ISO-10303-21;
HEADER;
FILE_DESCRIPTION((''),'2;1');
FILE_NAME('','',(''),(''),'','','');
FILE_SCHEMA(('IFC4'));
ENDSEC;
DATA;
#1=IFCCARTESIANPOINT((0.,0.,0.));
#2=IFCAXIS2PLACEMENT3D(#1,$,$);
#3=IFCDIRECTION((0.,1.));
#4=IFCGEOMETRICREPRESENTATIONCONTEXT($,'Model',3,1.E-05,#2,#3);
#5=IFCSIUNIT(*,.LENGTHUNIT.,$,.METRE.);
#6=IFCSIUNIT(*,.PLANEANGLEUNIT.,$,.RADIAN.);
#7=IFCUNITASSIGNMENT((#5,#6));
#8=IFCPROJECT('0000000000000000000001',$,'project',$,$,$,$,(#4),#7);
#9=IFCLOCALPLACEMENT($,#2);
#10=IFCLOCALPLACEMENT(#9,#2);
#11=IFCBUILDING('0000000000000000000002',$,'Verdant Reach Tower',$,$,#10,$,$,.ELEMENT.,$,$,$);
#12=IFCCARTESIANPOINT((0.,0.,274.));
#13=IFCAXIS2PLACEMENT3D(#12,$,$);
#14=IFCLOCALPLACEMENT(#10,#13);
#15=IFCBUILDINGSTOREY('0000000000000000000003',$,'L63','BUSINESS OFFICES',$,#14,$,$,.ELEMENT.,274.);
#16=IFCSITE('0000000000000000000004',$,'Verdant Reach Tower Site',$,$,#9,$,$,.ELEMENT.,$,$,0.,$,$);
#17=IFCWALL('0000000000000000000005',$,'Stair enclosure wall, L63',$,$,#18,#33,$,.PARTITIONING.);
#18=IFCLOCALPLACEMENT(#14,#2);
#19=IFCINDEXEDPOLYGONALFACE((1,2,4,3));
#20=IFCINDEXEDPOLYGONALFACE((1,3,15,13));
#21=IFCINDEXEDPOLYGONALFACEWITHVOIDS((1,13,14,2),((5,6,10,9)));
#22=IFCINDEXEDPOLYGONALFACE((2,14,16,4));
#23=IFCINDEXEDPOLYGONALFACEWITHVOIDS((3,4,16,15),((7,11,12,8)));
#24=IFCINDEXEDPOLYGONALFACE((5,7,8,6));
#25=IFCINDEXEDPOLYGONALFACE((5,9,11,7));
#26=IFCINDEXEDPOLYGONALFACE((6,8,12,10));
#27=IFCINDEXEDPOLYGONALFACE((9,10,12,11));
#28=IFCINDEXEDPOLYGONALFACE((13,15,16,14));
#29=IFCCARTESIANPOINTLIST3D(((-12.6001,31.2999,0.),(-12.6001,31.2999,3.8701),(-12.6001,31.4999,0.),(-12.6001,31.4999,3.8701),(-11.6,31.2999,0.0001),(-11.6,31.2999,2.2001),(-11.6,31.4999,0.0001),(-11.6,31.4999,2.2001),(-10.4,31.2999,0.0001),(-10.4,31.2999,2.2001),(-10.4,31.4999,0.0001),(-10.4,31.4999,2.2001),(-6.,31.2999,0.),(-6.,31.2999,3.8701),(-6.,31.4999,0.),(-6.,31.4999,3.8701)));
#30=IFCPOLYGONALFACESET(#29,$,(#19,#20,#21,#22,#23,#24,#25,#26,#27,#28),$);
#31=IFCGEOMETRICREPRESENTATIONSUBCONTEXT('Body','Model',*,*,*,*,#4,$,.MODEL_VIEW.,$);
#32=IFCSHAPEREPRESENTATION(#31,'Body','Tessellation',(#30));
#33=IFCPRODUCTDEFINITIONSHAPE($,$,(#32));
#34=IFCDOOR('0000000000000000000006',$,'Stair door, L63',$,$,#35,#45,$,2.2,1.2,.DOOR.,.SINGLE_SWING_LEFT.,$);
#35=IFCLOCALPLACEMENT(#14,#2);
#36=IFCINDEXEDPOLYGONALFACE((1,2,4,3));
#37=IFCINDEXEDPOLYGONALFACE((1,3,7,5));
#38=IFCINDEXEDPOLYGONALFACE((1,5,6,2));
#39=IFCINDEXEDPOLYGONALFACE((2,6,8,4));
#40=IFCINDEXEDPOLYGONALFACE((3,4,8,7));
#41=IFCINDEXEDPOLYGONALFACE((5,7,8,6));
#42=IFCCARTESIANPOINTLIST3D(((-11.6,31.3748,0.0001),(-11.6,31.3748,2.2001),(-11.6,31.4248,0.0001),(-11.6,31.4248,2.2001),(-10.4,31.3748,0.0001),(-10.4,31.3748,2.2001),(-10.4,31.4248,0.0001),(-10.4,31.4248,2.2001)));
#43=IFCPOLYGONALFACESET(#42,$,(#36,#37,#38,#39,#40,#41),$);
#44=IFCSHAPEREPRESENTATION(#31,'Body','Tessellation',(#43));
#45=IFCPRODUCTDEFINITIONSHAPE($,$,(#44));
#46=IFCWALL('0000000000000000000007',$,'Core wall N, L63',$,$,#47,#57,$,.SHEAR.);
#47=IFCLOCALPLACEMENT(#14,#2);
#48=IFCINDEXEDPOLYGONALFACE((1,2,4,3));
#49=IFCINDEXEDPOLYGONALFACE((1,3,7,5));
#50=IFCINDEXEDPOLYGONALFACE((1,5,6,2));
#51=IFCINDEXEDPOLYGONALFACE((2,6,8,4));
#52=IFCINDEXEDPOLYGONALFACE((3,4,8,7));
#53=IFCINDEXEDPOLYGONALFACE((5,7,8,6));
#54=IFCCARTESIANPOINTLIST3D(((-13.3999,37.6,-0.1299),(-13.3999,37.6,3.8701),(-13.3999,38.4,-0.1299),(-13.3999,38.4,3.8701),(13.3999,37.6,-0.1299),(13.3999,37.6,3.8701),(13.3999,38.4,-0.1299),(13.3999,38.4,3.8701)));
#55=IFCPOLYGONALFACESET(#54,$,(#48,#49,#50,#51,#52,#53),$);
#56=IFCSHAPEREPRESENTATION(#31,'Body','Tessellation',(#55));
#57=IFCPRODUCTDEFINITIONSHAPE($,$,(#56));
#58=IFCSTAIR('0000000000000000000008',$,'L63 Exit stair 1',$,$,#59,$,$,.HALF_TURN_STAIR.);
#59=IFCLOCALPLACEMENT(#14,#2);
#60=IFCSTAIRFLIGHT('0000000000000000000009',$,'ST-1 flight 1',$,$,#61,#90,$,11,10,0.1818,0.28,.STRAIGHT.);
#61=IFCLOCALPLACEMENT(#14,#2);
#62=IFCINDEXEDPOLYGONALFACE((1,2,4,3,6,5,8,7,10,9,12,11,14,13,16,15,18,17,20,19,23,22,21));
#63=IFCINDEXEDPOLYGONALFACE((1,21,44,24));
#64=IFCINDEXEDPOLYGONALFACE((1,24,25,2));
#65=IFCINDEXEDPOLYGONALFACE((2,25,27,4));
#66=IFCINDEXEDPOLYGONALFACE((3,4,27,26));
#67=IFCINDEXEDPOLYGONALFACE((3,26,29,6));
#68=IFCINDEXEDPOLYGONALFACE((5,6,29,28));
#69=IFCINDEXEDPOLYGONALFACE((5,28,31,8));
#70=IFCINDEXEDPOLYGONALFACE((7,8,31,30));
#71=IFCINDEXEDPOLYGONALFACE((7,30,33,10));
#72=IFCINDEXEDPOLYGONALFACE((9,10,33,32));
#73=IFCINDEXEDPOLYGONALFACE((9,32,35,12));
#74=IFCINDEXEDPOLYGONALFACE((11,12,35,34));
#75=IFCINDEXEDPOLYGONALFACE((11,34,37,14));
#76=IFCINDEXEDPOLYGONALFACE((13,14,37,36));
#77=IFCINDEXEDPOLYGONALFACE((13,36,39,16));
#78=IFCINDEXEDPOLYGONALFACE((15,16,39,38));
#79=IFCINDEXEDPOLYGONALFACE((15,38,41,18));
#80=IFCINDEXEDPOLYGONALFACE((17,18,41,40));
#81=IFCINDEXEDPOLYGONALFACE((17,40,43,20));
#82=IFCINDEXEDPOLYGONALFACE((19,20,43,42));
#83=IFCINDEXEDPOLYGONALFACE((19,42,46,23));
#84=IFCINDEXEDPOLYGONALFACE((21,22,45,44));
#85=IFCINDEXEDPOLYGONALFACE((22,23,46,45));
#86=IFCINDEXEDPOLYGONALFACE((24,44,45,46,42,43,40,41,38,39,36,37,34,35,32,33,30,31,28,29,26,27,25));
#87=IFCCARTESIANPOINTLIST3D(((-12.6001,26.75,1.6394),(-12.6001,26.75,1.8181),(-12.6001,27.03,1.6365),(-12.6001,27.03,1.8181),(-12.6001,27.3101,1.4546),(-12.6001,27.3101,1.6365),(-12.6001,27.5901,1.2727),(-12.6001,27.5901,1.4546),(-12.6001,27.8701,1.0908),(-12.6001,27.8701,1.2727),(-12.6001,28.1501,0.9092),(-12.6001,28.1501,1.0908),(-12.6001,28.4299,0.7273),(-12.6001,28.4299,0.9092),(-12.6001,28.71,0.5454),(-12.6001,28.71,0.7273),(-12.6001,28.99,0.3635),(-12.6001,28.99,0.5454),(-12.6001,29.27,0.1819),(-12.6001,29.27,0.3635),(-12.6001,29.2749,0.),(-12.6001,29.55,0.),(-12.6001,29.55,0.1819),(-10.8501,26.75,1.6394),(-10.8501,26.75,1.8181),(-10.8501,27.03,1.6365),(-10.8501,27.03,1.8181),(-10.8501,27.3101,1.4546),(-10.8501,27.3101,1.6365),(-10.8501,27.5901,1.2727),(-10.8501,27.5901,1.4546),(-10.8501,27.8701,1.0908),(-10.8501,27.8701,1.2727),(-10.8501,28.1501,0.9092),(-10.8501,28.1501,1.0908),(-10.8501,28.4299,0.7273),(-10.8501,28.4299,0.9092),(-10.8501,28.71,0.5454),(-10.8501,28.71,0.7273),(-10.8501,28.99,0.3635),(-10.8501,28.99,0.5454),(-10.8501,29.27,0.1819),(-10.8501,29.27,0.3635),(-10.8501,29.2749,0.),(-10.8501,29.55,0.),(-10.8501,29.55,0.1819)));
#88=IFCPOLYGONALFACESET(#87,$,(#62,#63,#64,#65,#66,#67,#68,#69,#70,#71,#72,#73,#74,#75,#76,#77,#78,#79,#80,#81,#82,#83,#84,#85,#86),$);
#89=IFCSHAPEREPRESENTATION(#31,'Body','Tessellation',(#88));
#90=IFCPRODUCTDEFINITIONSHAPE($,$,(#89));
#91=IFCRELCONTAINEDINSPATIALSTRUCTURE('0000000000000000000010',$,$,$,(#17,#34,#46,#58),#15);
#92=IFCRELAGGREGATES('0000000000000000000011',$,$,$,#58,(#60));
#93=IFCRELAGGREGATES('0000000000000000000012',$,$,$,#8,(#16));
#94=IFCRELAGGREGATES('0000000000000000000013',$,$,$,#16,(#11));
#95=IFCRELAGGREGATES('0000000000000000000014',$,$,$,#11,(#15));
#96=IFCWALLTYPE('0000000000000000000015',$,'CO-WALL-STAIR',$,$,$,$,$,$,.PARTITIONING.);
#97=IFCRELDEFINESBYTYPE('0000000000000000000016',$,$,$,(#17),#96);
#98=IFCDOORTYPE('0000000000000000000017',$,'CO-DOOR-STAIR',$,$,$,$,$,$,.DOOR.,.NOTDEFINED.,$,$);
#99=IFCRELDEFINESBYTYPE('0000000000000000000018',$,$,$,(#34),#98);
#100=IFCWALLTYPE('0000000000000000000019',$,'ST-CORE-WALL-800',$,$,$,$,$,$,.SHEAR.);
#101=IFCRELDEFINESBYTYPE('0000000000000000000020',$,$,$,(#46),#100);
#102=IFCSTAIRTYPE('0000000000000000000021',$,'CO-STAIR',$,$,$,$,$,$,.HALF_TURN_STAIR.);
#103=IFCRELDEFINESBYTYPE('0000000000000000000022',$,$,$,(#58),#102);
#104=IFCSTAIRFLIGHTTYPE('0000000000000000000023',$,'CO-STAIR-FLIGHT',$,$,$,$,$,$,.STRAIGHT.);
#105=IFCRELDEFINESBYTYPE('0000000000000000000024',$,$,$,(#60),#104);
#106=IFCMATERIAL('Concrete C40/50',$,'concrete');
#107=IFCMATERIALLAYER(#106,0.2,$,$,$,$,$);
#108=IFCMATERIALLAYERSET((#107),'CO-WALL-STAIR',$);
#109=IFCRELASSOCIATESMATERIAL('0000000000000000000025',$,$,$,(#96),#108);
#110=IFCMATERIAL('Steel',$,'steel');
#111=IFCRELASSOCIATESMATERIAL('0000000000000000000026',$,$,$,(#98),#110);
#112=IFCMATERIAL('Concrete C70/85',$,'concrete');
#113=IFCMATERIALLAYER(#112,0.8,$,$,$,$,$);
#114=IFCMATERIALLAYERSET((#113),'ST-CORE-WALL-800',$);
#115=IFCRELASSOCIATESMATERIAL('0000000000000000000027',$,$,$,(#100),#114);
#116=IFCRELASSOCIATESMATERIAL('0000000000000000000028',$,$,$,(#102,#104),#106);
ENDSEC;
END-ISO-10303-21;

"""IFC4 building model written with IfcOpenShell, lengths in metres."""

from ifc_helpers import new_model, si_unit, direction, frame, frame_2d, origin, place, context, subcontext, project, spatial, polyline, rectangle, outline, extrude, material, layer, layer_set, type_object, element, fill, aggregate, save


model = new_model("IFC4")

# Units and contexts
model_context = context("Model", 3, precision=1e-05, world=origin(), true_north=direction((0.0, 1.0)))
body_context = subcontext(model_context, "Body", "Model", "MODEL_VIEW")
ifc_project = project(units=[si_unit("LENGTHUNIT", "METRE"), si_unit("PLANEANGLEUNIT", "RADIAN")], contexts=[model_context])

# Site, building, storey
site_placement = place(None, origin())
site = spatial("IfcSite", under=ifc_project, at=site_placement, Name="Verdant Reach Tower Site", CompositionType="ELEMENT", RefElevation=0.0)
building_placement = place(site_placement, origin())
building = spatial("IfcBuilding", under=site, at=building_placement, Name="Verdant Reach Tower", CompositionType="ELEMENT")
storey_placement = place(building_placement, frame((0.0, 0.0, 274.0)))
storey = spatial("IfcBuildingStorey", under=building, at=storey_placement, Name="L63", Description="BUSINESS OFFICES", CompositionType="ELEMENT", Elevation=274.0)

# Shared definitions
ifc_material_1 = material(Name="Concrete C40/50", Category="concrete")
ifc_material_2 = material(Name="Steel", Category="steel")

# Wall, opening, door
ifc_layer_1 = layer(ifc_material_1, 0.2)
ifc_layer_set_1 = layer_set([ifc_layer_1], Name="CO-WALL-STAIR")
wall_type_1 = type_object("IfcWallType", Name="CO-WALL-STAIR", PredefinedType="PARTITIONING", material=ifc_layer_set_1)
wall_1_placement = place(storey_placement, frame((-12.6001, 31.3999, 0.0), z_axis=(0.0, 0.0, 1.0), x_axis=(1.0, 0.0, 0.0)))
wall_1 = element("IfcWall", 1, at=wall_1_placement, inside=storey, type_object=wall_type_1, Name="Stair enclosure wall, L63", PredefinedType="PARTITIONING", context=body_context, shape_type="SweptSolid", body=[
    extrude(rectangle(XDim=6.6001, YDim=0.2, at=frame_2d((3.3, 0.0))), origin(), (0.0, 0.0, 1.0), 3.8701),
])
opening_1_placement = place(wall_1_placement, frame((1.0, 0.0, 0.0)))
opening_1 = element("IfcOpeningElement", 2, at=opening_1_placement, cuts=wall_1, PredefinedType="OPENING", context=body_context, shape_type="SweptSolid", body=[
    extrude(rectangle(XDim=1.2, YDim=2.2, at=frame_2d((0.6001, 1.1001))), frame((0.0, 0.1099, 0.0), z_axis=(0.0, -1.0, 0.0), x_axis=(1.0, 0.0, 0.0)), (0.0, 0.0, 1.0), 0.22),
])
door_type_1 = type_object("IfcDoorType", Name="CO-DOOR-STAIR", OperationType="NOTDEFINED", PredefinedType="DOOR", material=ifc_material_2)
door_1_placement = place(opening_1_placement, origin())
door_1 = element("IfcDoor", 3, at=door_1_placement, inside=storey, type_object=door_type_1, Name="Stair door, L63", OperationType="SINGLE_SWING_LEFT", OverallHeight=2.2, OverallWidth=1.2, PredefinedType="DOOR", context=body_context, shape_type="SweptSolid", body=[
    extrude(rectangle(XDim=1.2, YDim=2.2, at=frame_2d((0.6001, 1.1001))), frame((0.0, 0.0249, 0.0), z_axis=(0.0, -1.0, 0.0), x_axis=(1.0, 0.0, 0.0)), (0.0, 0.0, 1.0), 0.05),
])
fill(opening_1, door_1)

# Wall
ifc_material_3 = material(Name="Concrete C70/85", Category="concrete")
ifc_layer_2 = layer(ifc_material_3, 0.8)
ifc_layer_set_2 = layer_set([ifc_layer_2], Name="ST-CORE-WALL-800")
wall_type_2 = type_object("IfcWallType", Name="ST-CORE-WALL-800", PredefinedType="SHEAR", material=ifc_layer_set_2)
wall_2_placement = place(storey_placement, frame((-13.3999, 38.0, -0.1299), z_axis=(0.0, 0.0, 1.0), x_axis=(1.0, 0.0, 0.0)))
element("IfcWall", 4, at=wall_2_placement, inside=storey, type_object=wall_type_2, Name="Core wall N, L63", PredefinedType="SHEAR", context=body_context, shape_type="SweptSolid", body=[
    extrude(rectangle(XDim=26.7998, YDim=0.8, at=frame_2d((13.3999, 0.0))), origin(), (0.0, 0.0, 1.0), 4.0),
])

# Stair, stair flight
stair_type = type_object("IfcStairType", Name="CO-STAIR", PredefinedType="HALF_TURN_STAIR", material=ifc_material_1)
stair_placement = place(storey_placement, origin())
stair = element("IfcStair", 5, at=stair_placement, inside=storey, type_object=stair_type, Name="L63 Exit stair 1", PredefinedType="HALF_TURN_STAIR")
stair_flight_type = type_object("IfcStairFlightType", Name="CO-STAIR-FLIGHT", PredefinedType="STRAIGHT", material=ifc_material_1)
stair_flight_placement = place(storey_placement, frame((-11.7251, 29.55, 0.0), z_axis=(0.0, 0.0, 1.0), x_axis=(0.0, -1.0, 0.0)))
stair_flight = element("IfcStairFlight", 6, at=stair_flight_placement, type_object=stair_flight_type, Name="ST-1 flight 1", NumberOfRisers=11, NumberOfTreads=10, PredefinedType="STRAIGHT", RiserHeight=0.1818, TreadLength=0.28, context=body_context, shape_type="SweptSolid", body=[
    extrude(outline(polyline([(0.0, 0.0), (0.0, 0.1819), (0.28, 0.1819), (0.28, 0.3635), (0.5601, 0.3635), (0.5601, 0.5454), (0.8401, 0.5454), (0.8401, 0.7273), (1.1201, 0.7273), (1.1201, 0.9092), (1.3999, 0.9092), (1.3999, 1.0908), (1.6799, 1.0908), (1.6799, 1.2727), (1.96, 1.2727), (1.96, 1.4546), (2.24, 1.4546), (2.24, 1.6365), (2.52, 1.6365), (2.52, 1.8181), (2.8, 1.8181), (2.8, 2.0), (2.8, 1.6394), (0.2751, 0.0), (0.0, 0.0)])), frame((0.0, 0.875, 0.0), z_axis=(0.0, -1.0, 0.0), x_axis=(1.0, 0.0, 0.0)), (0.0, 0.0, 1.0), 1.75),
])
aggregate(stair, [stair_flight])

save(model, "model.ifc")
